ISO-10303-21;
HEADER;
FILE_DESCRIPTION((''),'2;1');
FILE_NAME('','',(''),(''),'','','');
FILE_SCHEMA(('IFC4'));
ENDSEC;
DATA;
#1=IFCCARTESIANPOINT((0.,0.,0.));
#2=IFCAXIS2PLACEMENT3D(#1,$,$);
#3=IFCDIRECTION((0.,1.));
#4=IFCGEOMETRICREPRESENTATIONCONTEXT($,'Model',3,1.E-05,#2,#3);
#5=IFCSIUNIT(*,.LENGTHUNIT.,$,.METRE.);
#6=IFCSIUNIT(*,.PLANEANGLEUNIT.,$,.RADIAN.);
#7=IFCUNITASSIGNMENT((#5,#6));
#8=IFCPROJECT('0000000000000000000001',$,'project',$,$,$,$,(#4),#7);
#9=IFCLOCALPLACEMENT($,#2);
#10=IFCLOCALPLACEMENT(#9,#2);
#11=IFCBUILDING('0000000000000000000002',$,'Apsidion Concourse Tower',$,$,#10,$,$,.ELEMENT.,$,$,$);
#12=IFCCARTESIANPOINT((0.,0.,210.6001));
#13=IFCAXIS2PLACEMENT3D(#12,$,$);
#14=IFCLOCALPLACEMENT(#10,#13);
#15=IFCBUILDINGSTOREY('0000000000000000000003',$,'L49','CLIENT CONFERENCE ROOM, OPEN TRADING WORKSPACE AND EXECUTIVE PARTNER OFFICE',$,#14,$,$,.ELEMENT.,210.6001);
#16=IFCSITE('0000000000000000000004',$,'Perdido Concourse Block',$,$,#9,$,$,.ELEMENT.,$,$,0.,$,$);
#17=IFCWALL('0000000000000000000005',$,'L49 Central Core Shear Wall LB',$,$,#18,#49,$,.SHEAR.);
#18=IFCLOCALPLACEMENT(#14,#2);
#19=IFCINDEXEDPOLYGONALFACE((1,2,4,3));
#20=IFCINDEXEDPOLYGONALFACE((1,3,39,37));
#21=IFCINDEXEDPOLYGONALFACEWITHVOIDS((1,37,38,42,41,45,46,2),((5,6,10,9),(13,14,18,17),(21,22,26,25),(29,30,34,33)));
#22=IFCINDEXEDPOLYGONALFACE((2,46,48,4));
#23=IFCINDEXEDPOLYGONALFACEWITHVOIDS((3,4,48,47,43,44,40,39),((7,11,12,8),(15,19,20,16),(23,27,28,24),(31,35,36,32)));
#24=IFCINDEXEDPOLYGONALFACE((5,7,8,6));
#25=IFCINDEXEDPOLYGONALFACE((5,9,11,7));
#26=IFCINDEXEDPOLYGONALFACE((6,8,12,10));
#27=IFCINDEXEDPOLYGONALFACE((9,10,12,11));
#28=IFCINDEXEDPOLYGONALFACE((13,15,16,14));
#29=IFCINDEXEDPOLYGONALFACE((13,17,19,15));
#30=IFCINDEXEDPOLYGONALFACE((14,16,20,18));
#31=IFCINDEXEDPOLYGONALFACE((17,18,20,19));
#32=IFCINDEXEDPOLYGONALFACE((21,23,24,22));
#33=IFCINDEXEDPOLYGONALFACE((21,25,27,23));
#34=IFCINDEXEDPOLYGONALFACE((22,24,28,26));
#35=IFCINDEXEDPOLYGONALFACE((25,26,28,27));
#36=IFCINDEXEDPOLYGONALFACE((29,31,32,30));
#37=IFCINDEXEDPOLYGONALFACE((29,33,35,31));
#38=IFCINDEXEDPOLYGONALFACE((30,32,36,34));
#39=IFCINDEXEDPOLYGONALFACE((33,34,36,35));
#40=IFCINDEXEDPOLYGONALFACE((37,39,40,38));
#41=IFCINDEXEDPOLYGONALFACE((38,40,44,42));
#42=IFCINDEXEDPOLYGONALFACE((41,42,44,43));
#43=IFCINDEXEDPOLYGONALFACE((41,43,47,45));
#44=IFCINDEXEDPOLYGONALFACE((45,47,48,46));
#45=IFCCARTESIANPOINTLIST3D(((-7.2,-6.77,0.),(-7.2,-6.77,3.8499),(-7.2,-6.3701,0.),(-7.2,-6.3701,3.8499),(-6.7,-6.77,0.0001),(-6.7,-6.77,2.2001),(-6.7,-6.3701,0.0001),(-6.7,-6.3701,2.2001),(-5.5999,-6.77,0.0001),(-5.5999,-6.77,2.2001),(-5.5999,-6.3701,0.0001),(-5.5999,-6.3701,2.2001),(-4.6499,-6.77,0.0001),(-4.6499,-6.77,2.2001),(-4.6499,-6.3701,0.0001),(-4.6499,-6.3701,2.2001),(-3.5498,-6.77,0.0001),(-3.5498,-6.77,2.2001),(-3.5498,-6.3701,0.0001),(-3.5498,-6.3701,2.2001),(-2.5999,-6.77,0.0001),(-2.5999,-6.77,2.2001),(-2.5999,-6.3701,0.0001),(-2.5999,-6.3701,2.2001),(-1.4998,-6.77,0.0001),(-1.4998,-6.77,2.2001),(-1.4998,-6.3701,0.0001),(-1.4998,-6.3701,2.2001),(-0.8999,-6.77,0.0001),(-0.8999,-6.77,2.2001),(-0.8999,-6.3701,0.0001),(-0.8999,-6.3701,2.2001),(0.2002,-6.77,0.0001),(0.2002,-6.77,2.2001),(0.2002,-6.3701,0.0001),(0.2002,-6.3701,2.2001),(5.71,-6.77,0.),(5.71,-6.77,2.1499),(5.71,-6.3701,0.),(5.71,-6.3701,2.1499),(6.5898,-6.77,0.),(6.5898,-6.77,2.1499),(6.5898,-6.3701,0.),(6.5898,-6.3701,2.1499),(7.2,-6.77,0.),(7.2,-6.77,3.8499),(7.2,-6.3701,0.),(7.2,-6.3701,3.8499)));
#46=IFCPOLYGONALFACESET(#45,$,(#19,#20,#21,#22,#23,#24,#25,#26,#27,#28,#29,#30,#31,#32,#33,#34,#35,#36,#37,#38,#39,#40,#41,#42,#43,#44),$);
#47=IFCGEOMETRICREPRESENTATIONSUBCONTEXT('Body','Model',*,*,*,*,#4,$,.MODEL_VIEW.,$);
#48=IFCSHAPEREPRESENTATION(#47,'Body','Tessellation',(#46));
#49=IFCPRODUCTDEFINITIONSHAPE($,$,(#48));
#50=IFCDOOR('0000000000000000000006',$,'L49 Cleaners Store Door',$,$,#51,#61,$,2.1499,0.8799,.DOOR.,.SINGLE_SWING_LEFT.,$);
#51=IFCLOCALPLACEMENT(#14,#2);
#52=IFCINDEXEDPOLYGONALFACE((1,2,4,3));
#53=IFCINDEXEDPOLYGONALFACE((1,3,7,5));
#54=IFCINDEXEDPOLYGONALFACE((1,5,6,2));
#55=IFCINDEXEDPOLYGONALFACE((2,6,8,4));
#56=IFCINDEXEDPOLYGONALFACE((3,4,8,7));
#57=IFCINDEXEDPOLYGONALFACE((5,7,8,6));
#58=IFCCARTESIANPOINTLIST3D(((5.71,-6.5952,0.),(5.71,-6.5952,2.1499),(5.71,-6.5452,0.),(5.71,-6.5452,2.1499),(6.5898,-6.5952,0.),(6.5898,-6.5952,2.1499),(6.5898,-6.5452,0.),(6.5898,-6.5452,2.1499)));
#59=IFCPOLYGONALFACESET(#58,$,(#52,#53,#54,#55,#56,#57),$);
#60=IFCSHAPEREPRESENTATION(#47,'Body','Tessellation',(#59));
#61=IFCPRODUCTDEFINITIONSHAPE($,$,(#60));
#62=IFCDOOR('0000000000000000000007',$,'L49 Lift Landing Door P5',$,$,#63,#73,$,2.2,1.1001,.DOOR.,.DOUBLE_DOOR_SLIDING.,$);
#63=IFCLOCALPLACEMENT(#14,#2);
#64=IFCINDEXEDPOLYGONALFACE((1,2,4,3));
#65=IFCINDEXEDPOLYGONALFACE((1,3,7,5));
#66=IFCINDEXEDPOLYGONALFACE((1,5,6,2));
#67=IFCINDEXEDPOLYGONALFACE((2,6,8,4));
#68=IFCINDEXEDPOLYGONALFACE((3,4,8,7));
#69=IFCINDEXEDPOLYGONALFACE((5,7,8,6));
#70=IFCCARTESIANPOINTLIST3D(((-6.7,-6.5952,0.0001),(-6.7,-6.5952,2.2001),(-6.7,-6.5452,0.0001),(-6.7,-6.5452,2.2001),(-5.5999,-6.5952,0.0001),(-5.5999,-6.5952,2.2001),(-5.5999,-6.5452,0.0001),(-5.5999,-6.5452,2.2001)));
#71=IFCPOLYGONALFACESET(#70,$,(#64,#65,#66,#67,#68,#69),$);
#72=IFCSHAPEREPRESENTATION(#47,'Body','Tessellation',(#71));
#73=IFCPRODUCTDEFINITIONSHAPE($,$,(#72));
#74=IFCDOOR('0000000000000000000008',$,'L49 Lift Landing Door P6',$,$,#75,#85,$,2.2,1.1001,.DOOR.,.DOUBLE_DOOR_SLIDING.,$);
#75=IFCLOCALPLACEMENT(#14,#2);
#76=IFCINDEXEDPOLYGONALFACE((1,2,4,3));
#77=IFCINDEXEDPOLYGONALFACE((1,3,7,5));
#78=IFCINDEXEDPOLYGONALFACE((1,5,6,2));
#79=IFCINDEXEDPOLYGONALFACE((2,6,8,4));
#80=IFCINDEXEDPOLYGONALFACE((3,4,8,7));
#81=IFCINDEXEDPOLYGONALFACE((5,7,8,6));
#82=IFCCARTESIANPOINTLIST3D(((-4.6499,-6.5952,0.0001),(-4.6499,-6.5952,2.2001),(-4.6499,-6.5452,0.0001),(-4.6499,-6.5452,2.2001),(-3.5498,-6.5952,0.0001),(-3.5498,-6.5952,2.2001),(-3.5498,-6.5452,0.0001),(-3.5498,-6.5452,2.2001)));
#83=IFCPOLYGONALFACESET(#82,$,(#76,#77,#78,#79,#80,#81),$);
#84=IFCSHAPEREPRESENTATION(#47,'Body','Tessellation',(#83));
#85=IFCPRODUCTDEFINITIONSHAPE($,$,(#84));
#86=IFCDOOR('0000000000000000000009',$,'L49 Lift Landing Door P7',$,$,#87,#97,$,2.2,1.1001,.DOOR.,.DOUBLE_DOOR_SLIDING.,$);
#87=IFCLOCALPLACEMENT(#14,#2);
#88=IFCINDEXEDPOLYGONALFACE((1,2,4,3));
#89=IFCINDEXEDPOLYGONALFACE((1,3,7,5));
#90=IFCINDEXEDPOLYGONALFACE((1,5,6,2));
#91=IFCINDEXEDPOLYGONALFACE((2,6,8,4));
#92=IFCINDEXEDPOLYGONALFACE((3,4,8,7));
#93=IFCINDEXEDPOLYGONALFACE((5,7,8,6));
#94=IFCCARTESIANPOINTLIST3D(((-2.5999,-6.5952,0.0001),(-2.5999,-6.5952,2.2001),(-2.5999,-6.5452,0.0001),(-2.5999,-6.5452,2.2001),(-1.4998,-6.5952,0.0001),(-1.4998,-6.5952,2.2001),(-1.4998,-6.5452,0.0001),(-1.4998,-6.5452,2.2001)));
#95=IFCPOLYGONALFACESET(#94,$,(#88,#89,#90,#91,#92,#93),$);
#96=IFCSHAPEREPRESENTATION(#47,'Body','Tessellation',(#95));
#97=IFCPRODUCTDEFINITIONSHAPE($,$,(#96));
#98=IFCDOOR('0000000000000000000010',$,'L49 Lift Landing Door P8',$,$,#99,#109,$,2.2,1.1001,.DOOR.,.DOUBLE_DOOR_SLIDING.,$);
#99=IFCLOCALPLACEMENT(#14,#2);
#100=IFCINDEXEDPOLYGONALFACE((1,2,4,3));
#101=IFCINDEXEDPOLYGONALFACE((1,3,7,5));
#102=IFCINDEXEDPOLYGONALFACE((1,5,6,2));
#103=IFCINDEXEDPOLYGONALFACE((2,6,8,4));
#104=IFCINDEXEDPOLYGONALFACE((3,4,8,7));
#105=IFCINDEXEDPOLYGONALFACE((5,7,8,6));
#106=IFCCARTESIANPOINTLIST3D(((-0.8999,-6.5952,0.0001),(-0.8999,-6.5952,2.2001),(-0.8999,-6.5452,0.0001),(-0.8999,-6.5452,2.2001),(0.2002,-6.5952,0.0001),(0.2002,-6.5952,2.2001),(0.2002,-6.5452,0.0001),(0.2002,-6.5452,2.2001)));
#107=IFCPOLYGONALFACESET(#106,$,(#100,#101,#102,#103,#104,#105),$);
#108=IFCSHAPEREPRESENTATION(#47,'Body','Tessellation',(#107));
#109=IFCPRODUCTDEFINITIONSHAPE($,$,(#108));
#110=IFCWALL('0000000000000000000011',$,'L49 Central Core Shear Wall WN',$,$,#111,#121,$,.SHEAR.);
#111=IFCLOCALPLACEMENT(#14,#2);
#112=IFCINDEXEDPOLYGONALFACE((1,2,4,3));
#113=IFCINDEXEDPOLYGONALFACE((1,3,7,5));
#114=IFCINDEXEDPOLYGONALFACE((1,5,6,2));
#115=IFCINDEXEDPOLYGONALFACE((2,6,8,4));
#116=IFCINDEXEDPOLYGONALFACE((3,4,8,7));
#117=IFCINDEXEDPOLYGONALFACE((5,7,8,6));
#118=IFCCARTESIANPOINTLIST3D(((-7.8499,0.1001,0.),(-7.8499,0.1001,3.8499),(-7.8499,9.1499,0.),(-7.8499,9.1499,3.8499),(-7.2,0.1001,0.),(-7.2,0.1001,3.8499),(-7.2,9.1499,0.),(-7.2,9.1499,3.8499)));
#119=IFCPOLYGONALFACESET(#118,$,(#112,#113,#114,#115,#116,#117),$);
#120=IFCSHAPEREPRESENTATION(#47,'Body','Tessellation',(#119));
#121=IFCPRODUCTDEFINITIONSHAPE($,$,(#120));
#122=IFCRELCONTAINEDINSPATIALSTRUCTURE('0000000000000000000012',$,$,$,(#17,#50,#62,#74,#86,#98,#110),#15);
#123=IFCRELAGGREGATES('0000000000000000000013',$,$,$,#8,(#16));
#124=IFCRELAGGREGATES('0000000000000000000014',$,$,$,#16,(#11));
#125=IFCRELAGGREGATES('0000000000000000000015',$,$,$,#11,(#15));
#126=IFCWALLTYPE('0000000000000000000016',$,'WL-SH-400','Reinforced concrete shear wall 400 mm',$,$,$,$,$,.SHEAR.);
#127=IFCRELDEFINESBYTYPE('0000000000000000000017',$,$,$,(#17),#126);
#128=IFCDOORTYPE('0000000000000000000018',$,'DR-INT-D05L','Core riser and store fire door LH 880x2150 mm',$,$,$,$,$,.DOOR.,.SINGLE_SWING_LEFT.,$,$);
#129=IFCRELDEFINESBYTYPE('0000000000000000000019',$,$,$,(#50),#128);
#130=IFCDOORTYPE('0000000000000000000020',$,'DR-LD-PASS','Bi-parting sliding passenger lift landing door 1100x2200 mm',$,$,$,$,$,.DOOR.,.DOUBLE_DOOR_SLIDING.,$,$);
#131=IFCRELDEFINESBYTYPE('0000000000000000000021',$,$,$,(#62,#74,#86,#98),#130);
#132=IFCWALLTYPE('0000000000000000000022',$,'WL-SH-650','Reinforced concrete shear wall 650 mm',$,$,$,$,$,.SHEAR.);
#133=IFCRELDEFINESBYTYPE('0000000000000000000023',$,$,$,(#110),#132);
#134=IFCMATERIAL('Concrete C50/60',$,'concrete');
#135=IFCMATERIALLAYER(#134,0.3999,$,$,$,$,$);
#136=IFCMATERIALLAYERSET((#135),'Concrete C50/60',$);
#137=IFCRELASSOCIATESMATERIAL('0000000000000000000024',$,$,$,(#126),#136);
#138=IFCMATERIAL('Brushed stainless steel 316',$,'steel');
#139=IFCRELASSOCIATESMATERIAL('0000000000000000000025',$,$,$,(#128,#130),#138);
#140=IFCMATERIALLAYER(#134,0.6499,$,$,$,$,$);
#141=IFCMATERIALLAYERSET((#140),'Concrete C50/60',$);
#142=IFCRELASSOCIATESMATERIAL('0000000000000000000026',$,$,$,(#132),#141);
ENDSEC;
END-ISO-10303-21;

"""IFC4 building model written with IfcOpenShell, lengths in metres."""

from ifc_helpers import new_model, si_unit, direction, frame, frame_2d, origin, place, context, subcontext, project, spatial, rectangle, extrude, material, layer, layer_set, type_object, element, fill, save


model = new_model("IFC4")

# Units and contexts
model_context = context("Model", 3, precision=1e-05, world=origin(), true_north=direction((0.0, 1.0)))
body_context = subcontext(model_context, "Body", "Model", "MODEL_VIEW")
ifc_project = project(units=[si_unit("LENGTHUNIT", "METRE"), si_unit("PLANEANGLEUNIT", "RADIAN")], contexts=[model_context])

# Site, building, storey
site_placement = place(None, origin())
site = spatial("IfcSite", under=ifc_project, at=site_placement, Name="Perdido Concourse Block", CompositionType="ELEMENT", RefElevation=0.0)
building_placement = place(site_placement, origin())
building = spatial("IfcBuilding", under=site, at=building_placement, Name="Apsidion Concourse Tower", CompositionType="ELEMENT")
storey_placement = place(building_placement, frame((0.0, 0.0, 210.6001)))
storey = spatial("IfcBuildingStorey", under=building, at=storey_placement, Name="L49", Description="CLIENT CONFERENCE ROOM, OPEN TRADING WORKSPACE AND EXECUTIVE PARTNER OFFICE", CompositionType="ELEMENT", Elevation=210.6001)

# Shared definitions
ifc_material_1 = material(Name="Concrete C50/60", Category="concrete")

# Shared definitions
ifc_material_2 = material(Name="Brushed stainless steel 316", Category="steel")

# Shared definitions
ifc_layer_1 = layer(ifc_material_1, 0.3999)
ifc_layer_set_1 = layer_set([ifc_layer_1], Name="Concrete C50/60")
wall_type_1 = type_object("IfcWallType", Name="WL-SH-400", Description="Reinforced concrete shear wall 400 mm", PredefinedType="SHEAR", material=ifc_layer_set_1)

# Wall, openings, doors
wall_1_placement = place(storey_placement, frame((-7.2, -6.5701, 0.0), z_axis=(0.0, 0.0, 1.0), x_axis=(1.0, 0.0, 0.0)))
wall_1 = element("IfcWall", 1, at=wall_1_placement, inside=storey, type_object=wall_type_1, Name="L49 Central Core Shear Wall LB", PredefinedType="SHEAR", context=body_context, shape_type="SweptSolid", body=[
    extrude(rectangle(XDim=14.3999, YDim=0.3999, at=frame_2d((7.2, 0.0))), origin(), (0.0, 0.0, 1.0), 3.8499),
])
opening_1_placement = place(wall_1_placement, frame((0.5, 0.0, 0.0)))
opening_1 = element("IfcOpeningElement", 2, at=opening_1_placement, cuts=wall_1, PredefinedType="OPENING", context=body_context, shape_type="SweptSolid", body=[
    extrude(rectangle(XDim=1.1001, YDim=2.2, at=frame_2d((0.55, 1.1001))), frame((0.0, 0.21, 0.0), z_axis=(0.0, -1.0, 0.0), x_axis=(1.0, 0.0, 0.0)), (0.0, 0.0, 1.0), 0.4199),
])
opening_2_placement = place(wall_1_placement, frame((2.55, 0.0, 0.0)))
opening_2 = element("IfcOpeningElement", 3, at=opening_2_placement, cuts=wall_1, PredefinedType="OPENING", context=body_context, shape_type="SweptSolid", body=[
    extrude(rectangle(XDim=1.1001, YDim=2.2, at=frame_2d((0.55, 1.1001))), frame((0.0, 0.21, 0.0), z_axis=(0.0, -1.0, 0.0), x_axis=(1.0, 0.0, 0.0)), (0.0, 0.0, 1.0), 0.4199),
])
opening_3_placement = place(wall_1_placement, frame((4.6001, 0.0, 0.0)))
opening_3 = element("IfcOpeningElement", 4, at=opening_3_placement, cuts=wall_1, PredefinedType="OPENING", context=body_context, shape_type="SweptSolid", body=[
    extrude(rectangle(XDim=1.1001, YDim=2.2, at=frame_2d((0.55, 1.1001))), frame((0.0, 0.21, 0.0), z_axis=(0.0, -1.0, 0.0), x_axis=(1.0, 0.0, 0.0)), (0.0, 0.0, 1.0), 0.4199),
])
opening_4_placement = place(wall_1_placement, frame((6.3, 0.0, 0.0)))
opening_4 = element("IfcOpeningElement", 5, at=opening_4_placement, cuts=wall_1, PredefinedType="OPENING", context=body_context, shape_type="SweptSolid", body=[
    extrude(rectangle(XDim=1.1001, YDim=2.2, at=frame_2d((0.55, 1.1001))), frame((0.0, 0.21, 0.0), z_axis=(0.0, -1.0, 0.0), x_axis=(1.0, 0.0, 0.0)), (0.0, 0.0, 1.0), 0.4199),
])
opening_5_placement = place(wall_1_placement, frame((12.9099, 0.0, 0.0)))
opening_5 = element("IfcOpeningElement", 6, at=opening_5_placement, cuts=wall_1, PredefinedType="OPENING", context=body_context, shape_type="SweptSolid", body=[
    extrude(rectangle(XDim=0.8799, YDim=2.1499, at=frame_2d((0.4399, 1.075))), frame((0.0, 0.21, 0.0), z_axis=(0.0, -1.0, 0.0), x_axis=(1.0, 0.0, 0.0)), (0.0, 0.0, 1.0), 0.4199),
])
door_type_1 = type_object("IfcDoorType", Name="DR-INT-D05L", Description="Core riser and store fire door LH 880x2150 mm", OperationType="SINGLE_SWING_LEFT", PredefinedType="DOOR", material=ifc_material_2)
door_1_placement = place(opening_5_placement, origin())
door_1 = element("IfcDoor", 7, at=door_1_placement, inside=storey, type_object=door_type_1, Name="L49 Cleaners Store Door", OperationType="SINGLE_SWING_LEFT", OverallHeight=2.1499, OverallWidth=0.8799, PredefinedType="DOOR", context=body_context, shape_type="SweptSolid", body=[
    extrude(rectangle(XDim=0.8799, YDim=2.1499, at=frame_2d((0.4399, 1.075))), frame((0.0, 0.0249, 0.0), z_axis=(0.0, -1.0, 0.0), x_axis=(1.0, 0.0, 0.0)), (0.0, 0.0, 1.0), 0.05),
])
fill(opening_5, door_1)
door_type_2 = type_object("IfcDoorType", Name="DR-LD-PASS", Description="Bi-parting sliding passenger lift landing door 1100x2200 mm", OperationType="DOUBLE_DOOR_SLIDING", PredefinedType="DOOR", material=ifc_material_2)
door_2_placement = place(opening_1_placement, origin())
door_2 = element("IfcDoor", 8, at=door_2_placement, inside=storey, type_object=door_type_2, Name="L49 Lift Landing Door P5", OperationType="DOUBLE_DOOR_SLIDING", OverallHeight=2.2, OverallWidth=1.1001, PredefinedType="DOOR", context=body_context, shape_type="SweptSolid", body=[
    extrude(rectangle(XDim=1.1001, YDim=2.2, at=frame_2d((0.55, 1.1001))), frame((0.0, 0.0249, 0.0), z_axis=(0.0, -1.0, 0.0), x_axis=(1.0, 0.0, 0.0)), (0.0, 0.0, 1.0), 0.05),
])
fill(opening_1, door_2)
door_3_placement = place(opening_2_placement, origin())
door_3 = element("IfcDoor", 9, at=door_3_placement, inside=storey, type_object=door_type_2, Name="L49 Lift Landing Door P6", OperationType="DOUBLE_DOOR_SLIDING", OverallHeight=2.2, OverallWidth=1.1001, PredefinedType="DOOR", context=body_context, shape_type="SweptSolid", body=[
    extrude(rectangle(XDim=1.1001, YDim=2.2, at=frame_2d((0.55, 1.1001))), frame((0.0, 0.0249, 0.0), z_axis=(0.0, -1.0, 0.0), x_axis=(1.0, 0.0, 0.0)), (0.0, 0.0, 1.0), 0.05),
])
fill(opening_2, door_3)
door_4_placement = place(opening_3_placement, origin())
door_4 = element("IfcDoor", 10, at=door_4_placement, inside=storey, type_object=door_type_2, Name="L49 Lift Landing Door P7", OperationType="DOUBLE_DOOR_SLIDING", OverallHeight=2.2, OverallWidth=1.1001, PredefinedType="DOOR", context=body_context, shape_type="SweptSolid", body=[
    extrude(rectangle(XDim=1.1001, YDim=2.2, at=frame_2d((0.55, 1.1001))), frame((0.0, 0.0249, 0.0), z_axis=(0.0, -1.0, 0.0), x_axis=(1.0, 0.0, 0.0)), (0.0, 0.0, 1.0), 0.05),
])
fill(opening_3, door_4)
door_5_placement = place(opening_4_placement, origin())
door_5 = element("IfcDoor", 11, at=door_5_placement, inside=storey, type_object=door_type_2, Name="L49 Lift Landing Door P8", OperationType="DOUBLE_DOOR_SLIDING", OverallHeight=2.2, OverallWidth=1.1001, PredefinedType="DOOR", context=body_context, shape_type="SweptSolid", body=[
    extrude(rectangle(XDim=1.1001, YDim=2.2, at=frame_2d((0.55, 1.1001))), frame((0.0, 0.0249, 0.0), z_axis=(0.0, -1.0, 0.0), x_axis=(1.0, 0.0, 0.0)), (0.0, 0.0, 1.0), 0.05),
])
fill(opening_4, door_5)

# Wall
ifc_layer_2 = layer(ifc_material_1, 0.6499)
ifc_layer_set_2 = layer_set([ifc_layer_2], Name="Concrete C50/60")
wall_type_2 = type_object("IfcWallType", Name="WL-SH-650", Description="Reinforced concrete shear wall 650 mm", PredefinedType="SHEAR", material=ifc_layer_set_2)
wall_2_placement = place(storey_placement, frame((-7.5249, 0.1001, 0.0), z_axis=(0.0, 0.0, 1.0), x_axis=(0.0, 1.0, 0.0)))
element("IfcWall", 12, at=wall_2_placement, inside=storey, type_object=wall_type_2, Name="L49 Central Core Shear Wall WN", PredefinedType="SHEAR", context=body_context, shape_type="SweptSolid", body=[
    extrude(rectangle(XDim=9.0498, YDim=0.6499, at=frame_2d((4.5249, 0.0))), origin(), (0.0, 0.0, 1.0), 3.8499),
])

save(model, "model.ifc")
